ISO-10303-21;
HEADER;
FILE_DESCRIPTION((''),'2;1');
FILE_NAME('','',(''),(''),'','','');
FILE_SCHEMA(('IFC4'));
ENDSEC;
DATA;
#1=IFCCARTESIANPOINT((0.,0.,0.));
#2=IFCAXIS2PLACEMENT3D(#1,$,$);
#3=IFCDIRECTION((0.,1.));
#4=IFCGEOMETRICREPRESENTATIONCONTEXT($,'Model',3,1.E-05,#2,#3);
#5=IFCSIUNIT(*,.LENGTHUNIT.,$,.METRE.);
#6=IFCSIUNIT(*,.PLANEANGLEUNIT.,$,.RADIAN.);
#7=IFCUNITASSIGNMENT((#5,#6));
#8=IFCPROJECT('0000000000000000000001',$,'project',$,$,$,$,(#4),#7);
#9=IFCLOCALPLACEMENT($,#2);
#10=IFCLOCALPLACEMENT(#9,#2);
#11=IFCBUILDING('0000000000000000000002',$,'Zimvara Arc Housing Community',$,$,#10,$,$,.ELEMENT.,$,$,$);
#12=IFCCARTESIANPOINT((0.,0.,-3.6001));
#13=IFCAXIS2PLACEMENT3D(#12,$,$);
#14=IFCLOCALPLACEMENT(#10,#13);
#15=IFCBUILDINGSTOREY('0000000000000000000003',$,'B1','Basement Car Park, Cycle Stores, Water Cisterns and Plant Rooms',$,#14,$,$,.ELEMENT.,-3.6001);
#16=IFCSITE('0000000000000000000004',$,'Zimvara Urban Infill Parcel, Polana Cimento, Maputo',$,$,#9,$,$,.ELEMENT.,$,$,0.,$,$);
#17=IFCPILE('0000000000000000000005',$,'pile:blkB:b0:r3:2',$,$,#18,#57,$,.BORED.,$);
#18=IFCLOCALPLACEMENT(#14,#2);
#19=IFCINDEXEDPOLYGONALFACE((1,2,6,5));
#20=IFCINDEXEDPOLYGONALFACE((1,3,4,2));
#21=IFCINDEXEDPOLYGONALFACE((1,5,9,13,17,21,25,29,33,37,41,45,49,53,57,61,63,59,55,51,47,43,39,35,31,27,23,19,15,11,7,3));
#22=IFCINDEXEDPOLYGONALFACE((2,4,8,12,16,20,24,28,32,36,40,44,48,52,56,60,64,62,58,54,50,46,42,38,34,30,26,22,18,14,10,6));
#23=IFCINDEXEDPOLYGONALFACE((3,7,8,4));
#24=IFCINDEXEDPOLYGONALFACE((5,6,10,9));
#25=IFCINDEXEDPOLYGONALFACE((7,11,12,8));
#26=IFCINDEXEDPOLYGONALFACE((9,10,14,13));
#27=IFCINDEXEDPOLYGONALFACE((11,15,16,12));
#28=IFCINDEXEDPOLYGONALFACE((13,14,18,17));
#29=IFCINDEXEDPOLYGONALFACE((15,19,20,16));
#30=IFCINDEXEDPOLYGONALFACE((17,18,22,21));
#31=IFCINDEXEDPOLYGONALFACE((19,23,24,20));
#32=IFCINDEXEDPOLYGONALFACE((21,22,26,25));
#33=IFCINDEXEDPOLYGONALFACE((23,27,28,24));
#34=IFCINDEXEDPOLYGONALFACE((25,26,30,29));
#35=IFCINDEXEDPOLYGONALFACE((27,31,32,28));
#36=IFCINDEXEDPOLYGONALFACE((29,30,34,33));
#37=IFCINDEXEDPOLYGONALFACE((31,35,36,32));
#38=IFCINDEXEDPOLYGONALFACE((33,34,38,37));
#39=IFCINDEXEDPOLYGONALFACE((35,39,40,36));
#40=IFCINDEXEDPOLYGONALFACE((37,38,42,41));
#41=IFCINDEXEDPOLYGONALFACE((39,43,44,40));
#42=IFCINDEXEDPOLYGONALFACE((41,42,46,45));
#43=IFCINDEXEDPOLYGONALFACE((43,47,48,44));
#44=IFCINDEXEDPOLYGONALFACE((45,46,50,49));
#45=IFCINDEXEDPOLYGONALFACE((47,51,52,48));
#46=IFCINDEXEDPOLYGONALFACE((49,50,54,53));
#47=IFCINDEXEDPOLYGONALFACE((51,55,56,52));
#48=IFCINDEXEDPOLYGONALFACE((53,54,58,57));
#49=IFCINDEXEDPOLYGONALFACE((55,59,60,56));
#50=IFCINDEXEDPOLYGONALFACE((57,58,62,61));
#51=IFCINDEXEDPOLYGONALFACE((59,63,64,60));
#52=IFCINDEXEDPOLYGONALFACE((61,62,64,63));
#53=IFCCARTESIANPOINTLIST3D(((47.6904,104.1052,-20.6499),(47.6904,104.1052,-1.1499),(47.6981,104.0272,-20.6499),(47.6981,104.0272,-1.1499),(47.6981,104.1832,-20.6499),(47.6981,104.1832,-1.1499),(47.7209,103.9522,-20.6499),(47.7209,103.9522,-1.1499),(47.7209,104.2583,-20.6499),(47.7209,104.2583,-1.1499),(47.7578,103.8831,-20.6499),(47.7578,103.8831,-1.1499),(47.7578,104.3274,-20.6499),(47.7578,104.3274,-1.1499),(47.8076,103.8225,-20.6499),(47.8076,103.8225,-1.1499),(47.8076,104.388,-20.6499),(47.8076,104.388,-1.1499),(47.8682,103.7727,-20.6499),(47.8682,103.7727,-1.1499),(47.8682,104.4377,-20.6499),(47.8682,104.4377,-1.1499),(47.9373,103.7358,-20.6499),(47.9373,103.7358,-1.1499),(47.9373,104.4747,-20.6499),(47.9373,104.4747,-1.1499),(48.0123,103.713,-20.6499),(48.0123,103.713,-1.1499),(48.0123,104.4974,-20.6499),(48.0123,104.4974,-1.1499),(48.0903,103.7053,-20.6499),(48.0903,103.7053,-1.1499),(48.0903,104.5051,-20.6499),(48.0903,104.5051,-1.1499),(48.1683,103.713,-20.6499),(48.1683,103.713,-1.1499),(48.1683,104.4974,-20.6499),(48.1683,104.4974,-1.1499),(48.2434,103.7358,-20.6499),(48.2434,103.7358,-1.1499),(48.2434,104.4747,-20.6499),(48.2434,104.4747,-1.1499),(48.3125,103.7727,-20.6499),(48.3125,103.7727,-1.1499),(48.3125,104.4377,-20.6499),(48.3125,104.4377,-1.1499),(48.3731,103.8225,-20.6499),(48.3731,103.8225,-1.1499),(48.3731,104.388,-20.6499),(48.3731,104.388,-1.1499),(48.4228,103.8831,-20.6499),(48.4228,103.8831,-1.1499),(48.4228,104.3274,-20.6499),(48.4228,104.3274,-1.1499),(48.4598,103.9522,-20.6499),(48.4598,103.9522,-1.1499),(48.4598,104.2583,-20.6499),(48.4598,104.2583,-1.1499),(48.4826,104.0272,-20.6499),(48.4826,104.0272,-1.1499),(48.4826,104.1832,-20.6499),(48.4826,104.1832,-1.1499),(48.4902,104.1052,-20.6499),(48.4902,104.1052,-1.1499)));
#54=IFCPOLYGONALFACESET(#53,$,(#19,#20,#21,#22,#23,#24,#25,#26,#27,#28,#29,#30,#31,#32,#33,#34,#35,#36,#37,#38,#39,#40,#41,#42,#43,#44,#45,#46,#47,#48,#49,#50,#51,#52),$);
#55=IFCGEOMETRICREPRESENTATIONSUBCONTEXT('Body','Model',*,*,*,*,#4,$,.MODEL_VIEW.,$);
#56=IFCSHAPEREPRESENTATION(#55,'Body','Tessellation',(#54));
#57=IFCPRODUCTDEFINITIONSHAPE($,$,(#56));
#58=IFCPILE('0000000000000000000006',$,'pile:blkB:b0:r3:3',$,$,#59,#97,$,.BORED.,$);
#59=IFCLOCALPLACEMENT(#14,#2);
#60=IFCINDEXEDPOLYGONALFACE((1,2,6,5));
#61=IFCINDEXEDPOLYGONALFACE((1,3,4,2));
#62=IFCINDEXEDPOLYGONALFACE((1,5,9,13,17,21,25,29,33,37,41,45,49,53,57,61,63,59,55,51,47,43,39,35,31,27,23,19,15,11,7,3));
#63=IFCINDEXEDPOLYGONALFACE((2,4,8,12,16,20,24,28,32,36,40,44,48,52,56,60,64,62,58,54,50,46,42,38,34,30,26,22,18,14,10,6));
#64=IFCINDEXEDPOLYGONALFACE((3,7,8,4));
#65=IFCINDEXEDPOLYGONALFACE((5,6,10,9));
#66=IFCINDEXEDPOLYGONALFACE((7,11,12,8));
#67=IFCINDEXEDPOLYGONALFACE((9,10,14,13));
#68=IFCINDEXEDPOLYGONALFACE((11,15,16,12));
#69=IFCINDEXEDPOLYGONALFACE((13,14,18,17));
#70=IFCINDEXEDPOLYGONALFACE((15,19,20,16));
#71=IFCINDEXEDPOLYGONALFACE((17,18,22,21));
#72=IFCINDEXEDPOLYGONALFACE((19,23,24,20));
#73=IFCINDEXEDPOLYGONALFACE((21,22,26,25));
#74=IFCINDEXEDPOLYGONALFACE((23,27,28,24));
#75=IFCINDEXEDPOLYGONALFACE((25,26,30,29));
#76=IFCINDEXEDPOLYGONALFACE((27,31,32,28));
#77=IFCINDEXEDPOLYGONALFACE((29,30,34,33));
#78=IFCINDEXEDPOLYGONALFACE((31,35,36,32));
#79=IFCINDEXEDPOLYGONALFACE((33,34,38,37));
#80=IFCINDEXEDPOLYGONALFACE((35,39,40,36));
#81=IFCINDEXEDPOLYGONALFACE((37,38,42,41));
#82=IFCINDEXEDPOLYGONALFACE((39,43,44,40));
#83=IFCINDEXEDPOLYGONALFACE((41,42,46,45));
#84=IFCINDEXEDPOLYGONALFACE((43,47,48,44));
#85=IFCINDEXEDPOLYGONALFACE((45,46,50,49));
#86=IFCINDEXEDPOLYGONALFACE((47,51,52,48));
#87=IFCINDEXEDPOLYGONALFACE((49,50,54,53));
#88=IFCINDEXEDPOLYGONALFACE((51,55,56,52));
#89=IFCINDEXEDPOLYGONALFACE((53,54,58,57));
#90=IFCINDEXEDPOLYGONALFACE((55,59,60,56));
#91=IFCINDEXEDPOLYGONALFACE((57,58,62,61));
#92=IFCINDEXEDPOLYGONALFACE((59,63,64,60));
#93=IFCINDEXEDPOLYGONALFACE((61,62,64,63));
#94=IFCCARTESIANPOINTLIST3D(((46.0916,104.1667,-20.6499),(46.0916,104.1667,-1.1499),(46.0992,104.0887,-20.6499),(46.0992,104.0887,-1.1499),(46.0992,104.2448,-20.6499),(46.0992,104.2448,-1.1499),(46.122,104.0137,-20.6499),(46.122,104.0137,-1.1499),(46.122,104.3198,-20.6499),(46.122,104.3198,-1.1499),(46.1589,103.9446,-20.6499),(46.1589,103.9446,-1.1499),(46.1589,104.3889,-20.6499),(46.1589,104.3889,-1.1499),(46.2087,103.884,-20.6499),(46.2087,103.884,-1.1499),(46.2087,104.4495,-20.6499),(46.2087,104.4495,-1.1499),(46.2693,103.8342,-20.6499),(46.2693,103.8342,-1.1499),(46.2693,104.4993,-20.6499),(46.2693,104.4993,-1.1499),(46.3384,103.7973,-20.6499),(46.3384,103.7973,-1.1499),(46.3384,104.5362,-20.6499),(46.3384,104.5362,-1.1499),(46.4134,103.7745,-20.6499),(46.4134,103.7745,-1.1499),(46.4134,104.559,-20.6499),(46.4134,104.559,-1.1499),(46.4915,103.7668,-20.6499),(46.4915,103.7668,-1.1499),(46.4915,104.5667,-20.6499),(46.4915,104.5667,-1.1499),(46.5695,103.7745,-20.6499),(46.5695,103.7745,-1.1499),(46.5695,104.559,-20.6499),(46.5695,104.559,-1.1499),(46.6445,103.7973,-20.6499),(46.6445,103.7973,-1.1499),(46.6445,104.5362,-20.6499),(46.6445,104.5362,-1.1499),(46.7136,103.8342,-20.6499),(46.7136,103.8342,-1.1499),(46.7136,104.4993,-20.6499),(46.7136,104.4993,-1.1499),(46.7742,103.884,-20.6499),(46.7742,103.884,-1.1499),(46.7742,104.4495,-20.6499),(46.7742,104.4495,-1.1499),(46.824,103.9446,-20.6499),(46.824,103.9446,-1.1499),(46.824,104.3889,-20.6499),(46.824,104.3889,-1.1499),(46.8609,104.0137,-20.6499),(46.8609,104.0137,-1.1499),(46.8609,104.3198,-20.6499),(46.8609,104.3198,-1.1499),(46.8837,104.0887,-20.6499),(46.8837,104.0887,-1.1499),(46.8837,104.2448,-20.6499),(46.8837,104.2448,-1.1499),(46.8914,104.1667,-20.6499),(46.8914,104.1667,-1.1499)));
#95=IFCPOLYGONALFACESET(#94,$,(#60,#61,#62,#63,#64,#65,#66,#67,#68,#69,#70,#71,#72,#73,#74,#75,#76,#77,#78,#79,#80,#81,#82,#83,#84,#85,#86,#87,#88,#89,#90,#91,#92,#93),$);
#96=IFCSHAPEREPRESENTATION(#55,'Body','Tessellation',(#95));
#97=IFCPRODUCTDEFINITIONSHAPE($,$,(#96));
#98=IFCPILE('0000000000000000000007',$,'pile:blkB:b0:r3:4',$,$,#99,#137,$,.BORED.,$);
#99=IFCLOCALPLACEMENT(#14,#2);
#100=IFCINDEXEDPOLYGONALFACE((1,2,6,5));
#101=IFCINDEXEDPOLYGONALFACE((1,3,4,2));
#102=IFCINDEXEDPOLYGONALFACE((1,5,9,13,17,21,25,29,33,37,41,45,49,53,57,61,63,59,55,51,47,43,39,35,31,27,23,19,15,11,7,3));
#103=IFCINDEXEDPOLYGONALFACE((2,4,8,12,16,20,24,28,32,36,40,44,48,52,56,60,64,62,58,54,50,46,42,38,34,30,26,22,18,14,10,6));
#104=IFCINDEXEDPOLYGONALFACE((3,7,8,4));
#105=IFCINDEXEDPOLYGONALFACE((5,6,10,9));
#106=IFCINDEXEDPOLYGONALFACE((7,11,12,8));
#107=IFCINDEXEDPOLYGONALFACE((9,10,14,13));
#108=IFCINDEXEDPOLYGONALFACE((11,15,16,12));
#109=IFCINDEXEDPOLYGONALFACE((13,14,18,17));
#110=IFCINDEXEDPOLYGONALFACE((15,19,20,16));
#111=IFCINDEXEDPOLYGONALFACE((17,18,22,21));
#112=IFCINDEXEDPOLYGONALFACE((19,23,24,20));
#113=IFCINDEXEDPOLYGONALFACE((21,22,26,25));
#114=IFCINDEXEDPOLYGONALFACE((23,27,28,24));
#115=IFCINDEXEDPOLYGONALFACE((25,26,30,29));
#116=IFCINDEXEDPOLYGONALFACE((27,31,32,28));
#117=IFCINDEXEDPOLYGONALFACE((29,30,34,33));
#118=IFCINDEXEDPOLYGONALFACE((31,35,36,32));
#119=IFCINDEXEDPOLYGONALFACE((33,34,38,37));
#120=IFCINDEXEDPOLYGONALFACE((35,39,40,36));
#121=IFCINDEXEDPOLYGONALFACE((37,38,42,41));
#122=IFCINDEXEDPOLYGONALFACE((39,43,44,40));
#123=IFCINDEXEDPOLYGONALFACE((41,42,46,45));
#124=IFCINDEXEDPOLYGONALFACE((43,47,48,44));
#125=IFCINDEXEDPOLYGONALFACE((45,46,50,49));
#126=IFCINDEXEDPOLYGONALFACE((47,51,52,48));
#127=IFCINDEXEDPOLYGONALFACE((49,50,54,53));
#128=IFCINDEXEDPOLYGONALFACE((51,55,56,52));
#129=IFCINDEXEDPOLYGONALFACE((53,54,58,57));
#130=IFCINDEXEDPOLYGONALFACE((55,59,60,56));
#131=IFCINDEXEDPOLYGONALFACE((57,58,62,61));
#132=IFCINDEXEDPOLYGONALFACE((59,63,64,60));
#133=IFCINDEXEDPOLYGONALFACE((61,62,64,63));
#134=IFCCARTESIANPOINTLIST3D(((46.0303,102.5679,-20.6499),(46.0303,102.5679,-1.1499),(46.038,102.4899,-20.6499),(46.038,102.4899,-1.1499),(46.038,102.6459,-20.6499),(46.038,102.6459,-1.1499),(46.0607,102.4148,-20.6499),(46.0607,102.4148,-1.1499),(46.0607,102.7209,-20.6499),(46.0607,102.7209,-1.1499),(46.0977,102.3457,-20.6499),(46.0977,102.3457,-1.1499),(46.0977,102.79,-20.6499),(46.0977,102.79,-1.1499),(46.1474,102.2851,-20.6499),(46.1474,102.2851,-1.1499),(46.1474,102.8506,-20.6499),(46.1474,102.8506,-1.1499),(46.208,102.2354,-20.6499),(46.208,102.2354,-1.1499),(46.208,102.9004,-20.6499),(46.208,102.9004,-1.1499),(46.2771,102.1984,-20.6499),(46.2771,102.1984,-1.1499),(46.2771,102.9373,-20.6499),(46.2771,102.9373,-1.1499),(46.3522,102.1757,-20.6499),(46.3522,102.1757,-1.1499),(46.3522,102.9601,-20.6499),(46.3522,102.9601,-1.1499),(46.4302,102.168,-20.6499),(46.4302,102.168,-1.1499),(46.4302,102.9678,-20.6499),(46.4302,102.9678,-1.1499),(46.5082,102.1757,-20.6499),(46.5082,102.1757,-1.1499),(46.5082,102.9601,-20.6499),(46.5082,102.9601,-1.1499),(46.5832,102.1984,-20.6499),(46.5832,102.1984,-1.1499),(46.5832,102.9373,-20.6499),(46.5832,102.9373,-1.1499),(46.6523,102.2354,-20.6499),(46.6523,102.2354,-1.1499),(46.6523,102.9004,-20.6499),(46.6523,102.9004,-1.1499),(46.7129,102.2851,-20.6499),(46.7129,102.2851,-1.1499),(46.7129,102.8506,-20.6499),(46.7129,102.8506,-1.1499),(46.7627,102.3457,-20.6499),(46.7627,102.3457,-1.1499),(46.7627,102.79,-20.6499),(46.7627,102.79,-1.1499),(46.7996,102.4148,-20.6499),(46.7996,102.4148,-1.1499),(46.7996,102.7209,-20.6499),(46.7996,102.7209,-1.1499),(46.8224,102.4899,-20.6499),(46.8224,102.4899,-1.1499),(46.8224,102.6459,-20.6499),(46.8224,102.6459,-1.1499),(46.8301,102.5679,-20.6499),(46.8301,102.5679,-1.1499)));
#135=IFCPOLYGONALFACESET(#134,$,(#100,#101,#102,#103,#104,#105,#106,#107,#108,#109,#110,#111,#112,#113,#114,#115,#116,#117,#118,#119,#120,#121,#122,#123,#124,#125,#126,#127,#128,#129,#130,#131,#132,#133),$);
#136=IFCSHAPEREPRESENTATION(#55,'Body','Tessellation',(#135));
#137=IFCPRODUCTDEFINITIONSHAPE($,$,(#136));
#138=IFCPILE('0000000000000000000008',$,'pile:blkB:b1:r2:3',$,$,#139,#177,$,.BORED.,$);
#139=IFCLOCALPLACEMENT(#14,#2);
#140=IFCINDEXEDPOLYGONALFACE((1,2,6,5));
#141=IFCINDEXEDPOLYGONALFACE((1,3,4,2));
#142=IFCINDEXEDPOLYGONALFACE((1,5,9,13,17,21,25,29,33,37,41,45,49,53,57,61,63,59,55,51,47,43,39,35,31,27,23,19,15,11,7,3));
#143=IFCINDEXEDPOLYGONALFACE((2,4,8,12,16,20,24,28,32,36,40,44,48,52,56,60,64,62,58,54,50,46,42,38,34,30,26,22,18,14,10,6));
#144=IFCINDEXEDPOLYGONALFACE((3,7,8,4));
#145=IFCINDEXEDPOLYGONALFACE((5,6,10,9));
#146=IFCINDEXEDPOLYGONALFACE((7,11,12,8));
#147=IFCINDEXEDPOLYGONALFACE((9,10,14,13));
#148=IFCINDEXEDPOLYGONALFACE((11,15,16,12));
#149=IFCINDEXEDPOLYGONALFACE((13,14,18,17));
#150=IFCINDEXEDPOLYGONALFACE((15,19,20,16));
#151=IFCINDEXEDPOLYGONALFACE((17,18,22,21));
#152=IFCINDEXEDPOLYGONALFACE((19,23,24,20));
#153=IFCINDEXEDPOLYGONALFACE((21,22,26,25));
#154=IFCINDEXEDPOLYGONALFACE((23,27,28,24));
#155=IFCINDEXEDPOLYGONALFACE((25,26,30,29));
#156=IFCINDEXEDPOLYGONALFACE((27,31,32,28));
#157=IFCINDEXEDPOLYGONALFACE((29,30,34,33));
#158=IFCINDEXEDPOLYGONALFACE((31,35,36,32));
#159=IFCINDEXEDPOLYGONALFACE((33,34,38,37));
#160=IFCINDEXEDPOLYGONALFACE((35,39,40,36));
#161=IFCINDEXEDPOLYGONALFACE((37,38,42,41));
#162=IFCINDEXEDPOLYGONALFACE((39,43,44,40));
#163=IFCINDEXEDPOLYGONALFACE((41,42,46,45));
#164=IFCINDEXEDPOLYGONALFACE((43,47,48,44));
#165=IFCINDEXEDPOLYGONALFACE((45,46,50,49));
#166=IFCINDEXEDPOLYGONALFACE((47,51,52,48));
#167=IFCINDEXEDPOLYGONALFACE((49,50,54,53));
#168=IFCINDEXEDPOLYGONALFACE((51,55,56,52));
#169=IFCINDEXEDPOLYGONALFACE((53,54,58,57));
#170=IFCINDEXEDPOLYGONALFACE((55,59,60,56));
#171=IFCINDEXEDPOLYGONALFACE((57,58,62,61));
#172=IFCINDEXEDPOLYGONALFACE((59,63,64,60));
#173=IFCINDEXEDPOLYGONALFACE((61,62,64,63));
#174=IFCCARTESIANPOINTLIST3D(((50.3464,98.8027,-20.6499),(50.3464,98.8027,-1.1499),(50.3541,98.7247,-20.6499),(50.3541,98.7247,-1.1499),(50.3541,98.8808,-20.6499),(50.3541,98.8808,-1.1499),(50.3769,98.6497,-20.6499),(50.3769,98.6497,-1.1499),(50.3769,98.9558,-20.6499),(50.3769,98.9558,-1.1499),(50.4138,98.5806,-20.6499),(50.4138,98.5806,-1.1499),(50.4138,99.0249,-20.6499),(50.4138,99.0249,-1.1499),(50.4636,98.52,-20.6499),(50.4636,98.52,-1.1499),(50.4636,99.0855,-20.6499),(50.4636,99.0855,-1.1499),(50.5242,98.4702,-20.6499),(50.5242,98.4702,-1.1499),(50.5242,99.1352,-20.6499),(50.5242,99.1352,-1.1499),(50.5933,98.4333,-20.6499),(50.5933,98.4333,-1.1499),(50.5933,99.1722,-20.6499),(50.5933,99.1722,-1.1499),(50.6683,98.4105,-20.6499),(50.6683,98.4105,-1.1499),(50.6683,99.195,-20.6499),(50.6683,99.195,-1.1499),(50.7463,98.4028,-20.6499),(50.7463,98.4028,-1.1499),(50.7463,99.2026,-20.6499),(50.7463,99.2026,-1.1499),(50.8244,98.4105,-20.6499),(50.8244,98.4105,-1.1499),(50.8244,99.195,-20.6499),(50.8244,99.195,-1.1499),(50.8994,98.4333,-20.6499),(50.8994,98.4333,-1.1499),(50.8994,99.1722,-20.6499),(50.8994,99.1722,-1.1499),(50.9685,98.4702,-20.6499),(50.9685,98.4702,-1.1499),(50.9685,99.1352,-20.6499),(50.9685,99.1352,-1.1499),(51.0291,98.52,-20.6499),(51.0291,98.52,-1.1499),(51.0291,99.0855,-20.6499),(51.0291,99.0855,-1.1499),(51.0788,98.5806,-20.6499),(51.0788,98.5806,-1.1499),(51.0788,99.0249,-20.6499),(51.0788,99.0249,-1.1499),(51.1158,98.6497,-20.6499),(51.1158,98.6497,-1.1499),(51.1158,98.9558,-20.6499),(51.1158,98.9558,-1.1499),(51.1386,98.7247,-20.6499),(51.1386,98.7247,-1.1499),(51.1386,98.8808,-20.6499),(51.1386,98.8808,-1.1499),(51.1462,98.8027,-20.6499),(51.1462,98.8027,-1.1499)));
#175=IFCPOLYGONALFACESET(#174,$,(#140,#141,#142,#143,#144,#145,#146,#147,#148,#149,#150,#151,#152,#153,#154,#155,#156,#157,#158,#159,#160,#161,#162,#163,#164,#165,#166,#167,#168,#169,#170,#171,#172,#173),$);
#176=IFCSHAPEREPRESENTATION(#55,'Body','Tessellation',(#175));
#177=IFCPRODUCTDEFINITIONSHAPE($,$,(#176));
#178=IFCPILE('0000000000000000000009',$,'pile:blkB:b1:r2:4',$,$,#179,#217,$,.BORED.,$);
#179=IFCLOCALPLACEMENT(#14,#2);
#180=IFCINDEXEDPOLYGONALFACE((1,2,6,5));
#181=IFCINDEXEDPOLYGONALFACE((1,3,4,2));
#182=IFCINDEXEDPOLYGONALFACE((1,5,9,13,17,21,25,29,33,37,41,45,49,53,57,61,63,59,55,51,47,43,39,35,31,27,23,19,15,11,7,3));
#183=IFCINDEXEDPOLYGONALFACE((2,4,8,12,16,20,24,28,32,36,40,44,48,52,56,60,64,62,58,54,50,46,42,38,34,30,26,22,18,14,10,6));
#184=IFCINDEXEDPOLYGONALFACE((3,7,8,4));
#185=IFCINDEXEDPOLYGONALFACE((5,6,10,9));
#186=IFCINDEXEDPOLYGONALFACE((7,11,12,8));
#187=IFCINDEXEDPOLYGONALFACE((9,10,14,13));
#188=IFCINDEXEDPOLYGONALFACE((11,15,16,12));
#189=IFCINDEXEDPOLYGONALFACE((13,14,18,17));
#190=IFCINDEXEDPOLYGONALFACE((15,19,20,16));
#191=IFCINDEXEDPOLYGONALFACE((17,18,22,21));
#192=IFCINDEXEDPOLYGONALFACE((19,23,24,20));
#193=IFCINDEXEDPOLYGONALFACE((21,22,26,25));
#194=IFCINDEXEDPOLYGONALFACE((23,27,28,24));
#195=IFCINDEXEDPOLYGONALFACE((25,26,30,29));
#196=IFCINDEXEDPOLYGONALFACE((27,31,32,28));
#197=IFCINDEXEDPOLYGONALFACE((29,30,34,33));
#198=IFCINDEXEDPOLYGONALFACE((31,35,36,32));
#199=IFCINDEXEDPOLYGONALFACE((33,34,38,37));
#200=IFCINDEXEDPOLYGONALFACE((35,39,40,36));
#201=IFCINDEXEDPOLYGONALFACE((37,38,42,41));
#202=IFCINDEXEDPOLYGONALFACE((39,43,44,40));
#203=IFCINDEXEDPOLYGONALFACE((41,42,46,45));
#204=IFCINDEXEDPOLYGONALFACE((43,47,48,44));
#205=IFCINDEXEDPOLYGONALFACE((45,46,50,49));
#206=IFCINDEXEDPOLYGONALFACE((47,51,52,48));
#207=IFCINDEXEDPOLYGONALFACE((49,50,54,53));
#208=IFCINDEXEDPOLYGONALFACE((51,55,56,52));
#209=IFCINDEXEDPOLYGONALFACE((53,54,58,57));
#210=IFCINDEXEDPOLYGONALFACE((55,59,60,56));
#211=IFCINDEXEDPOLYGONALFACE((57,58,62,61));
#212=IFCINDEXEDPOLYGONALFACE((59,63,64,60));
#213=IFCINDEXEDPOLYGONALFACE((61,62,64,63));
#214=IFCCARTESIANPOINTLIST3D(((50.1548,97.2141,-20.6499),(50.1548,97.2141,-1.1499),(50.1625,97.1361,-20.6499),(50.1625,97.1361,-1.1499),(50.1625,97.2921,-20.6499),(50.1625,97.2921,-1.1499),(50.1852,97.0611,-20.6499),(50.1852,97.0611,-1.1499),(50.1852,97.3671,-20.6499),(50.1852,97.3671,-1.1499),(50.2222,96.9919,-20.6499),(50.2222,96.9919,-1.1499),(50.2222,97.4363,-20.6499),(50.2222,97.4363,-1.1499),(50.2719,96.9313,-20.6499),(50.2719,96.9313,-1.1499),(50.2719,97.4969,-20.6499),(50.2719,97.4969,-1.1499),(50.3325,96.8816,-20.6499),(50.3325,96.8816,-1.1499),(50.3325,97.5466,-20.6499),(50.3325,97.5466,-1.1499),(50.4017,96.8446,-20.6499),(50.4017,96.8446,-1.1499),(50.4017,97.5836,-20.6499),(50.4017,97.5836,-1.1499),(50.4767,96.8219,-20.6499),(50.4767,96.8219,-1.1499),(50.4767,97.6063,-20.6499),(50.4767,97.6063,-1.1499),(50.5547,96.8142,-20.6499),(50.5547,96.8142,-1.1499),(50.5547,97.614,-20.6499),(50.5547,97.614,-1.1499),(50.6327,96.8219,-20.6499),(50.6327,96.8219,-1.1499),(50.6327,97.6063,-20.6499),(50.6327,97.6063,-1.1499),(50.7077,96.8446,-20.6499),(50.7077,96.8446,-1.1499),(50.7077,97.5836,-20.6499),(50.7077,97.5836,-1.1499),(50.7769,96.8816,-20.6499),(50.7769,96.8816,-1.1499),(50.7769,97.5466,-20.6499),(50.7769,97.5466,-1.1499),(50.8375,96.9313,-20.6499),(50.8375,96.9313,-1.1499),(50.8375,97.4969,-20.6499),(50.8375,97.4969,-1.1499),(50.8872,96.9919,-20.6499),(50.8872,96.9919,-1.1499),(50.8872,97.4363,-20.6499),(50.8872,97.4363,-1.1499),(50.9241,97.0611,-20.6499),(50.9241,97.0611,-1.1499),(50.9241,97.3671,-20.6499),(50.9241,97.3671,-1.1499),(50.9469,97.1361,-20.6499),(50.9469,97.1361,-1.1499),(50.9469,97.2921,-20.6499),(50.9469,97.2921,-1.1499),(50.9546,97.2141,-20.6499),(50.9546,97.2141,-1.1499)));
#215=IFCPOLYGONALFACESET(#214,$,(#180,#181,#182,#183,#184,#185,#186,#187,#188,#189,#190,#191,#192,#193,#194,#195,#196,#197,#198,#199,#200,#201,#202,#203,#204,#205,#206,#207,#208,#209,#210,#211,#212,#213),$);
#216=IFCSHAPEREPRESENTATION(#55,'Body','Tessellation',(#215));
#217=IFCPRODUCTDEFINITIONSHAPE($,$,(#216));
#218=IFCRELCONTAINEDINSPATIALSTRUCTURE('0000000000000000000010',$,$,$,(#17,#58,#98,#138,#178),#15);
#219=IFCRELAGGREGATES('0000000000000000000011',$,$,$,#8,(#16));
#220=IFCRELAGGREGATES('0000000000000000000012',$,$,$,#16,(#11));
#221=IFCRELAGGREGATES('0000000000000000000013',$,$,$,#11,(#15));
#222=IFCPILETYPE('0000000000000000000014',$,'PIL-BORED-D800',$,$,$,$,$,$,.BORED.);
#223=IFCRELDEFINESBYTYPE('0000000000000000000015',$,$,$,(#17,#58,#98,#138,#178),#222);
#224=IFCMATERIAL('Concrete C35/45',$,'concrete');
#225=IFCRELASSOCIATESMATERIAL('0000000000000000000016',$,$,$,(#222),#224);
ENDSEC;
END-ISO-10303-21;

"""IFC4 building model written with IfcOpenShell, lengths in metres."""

from ifc_helpers import new_model, si_unit, direction, frame, origin, origin_2d, place, context, subcontext, project, spatial, circle, extrude, material, material_profile, profile_set, type_object, element, save


model = new_model("IFC4")

# Units and contexts
model_context = context("Model", 3, precision=1e-05, world=origin(), true_north=direction((0.0, 1.0)))
body_context = subcontext(model_context, "Body", "Model", "MODEL_VIEW")
ifc_project = project(units=[si_unit("LENGTHUNIT", "METRE"), si_unit("PLANEANGLEUNIT", "RADIAN")], contexts=[model_context])

# Site, building, storey
site_placement = place(None, origin())
site = spatial("IfcSite", under=ifc_project, at=site_placement, Name="Zimvara Urban Infill Parcel, Polana Cimento, Maputo", CompositionType="ELEMENT", RefElevation=0.0)
building_placement = place(site_placement, origin())
building = spatial("IfcBuilding", under=site, at=building_placement, Name="Zimvara Arc Housing Community", CompositionType="ELEMENT")
storey_placement = place(building_placement, frame((0.0, 0.0, -3.6001)))
storey = spatial("IfcBuildingStorey", under=building, at=storey_placement, Name="B1", Description="Basement Car Park, Cycle Stores, Water Cisterns and Plant Rooms", CompositionType="ELEMENT", Elevation=-3.6001)

# Piles
ifc_material_1 = material(Name="Concrete C35/45", Category="concrete")
ifc_material_profile_1 = material_profile(ifc_material_1, circle(Radius=0.3999, at=origin_2d()), Name="PILE D800")
ifc_profile_set_1 = profile_set([ifc_material_profile_1], Name="Concrete C35/45")
pile_type = type_object("IfcPileType", Name="PIL-BORED-D800", PredefinedType="BORED", material=ifc_profile_set_1)
for number, where, z_axis, x_axis, name in (
    (1, (48.0903, 104.1052, -1.1499), (0.0, 0.0, -1.0), (1.0, 0.0, 0.0), "pile:blkB:b0:r3:2"),
    (2, (46.4915, 104.1667, -1.1499), (0.0, 0.0, -1.0), (1.0, 0.0, 0.0), "pile:blkB:b0:r3:3"),
    (3, (46.4302, 102.5679, -1.1499), (0.0, 0.0, -1.0), (1.0, 0.0, 0.0), "pile:blkB:b0:r3:4"),
    (4, (50.7463, 98.8027, -1.1499), (0.0, 0.0, -1.0), (1.0, 0.0, 0.0), "pile:blkB:b1:r2:3"),
    (5, (50.5547, 97.2141, -1.1499), (0.0, 0.0, -1.0), (1.0, 0.0, 0.0), "pile:blkB:b1:r2:4"),
):
    element("IfcPile", number, at=place(storey_placement, frame(where, z_axis=z_axis, x_axis=x_axis)), inside=storey, type_object=pile_type, Name=name, PredefinedType="BORED", context=body_context, shape_type="SweptSolid", body=[
        extrude(circle(Radius=0.3999, at=origin_2d()), origin(), (0.0, 0.0, 1.0), 19.5),
    ])

save(model, "model.ifc")
